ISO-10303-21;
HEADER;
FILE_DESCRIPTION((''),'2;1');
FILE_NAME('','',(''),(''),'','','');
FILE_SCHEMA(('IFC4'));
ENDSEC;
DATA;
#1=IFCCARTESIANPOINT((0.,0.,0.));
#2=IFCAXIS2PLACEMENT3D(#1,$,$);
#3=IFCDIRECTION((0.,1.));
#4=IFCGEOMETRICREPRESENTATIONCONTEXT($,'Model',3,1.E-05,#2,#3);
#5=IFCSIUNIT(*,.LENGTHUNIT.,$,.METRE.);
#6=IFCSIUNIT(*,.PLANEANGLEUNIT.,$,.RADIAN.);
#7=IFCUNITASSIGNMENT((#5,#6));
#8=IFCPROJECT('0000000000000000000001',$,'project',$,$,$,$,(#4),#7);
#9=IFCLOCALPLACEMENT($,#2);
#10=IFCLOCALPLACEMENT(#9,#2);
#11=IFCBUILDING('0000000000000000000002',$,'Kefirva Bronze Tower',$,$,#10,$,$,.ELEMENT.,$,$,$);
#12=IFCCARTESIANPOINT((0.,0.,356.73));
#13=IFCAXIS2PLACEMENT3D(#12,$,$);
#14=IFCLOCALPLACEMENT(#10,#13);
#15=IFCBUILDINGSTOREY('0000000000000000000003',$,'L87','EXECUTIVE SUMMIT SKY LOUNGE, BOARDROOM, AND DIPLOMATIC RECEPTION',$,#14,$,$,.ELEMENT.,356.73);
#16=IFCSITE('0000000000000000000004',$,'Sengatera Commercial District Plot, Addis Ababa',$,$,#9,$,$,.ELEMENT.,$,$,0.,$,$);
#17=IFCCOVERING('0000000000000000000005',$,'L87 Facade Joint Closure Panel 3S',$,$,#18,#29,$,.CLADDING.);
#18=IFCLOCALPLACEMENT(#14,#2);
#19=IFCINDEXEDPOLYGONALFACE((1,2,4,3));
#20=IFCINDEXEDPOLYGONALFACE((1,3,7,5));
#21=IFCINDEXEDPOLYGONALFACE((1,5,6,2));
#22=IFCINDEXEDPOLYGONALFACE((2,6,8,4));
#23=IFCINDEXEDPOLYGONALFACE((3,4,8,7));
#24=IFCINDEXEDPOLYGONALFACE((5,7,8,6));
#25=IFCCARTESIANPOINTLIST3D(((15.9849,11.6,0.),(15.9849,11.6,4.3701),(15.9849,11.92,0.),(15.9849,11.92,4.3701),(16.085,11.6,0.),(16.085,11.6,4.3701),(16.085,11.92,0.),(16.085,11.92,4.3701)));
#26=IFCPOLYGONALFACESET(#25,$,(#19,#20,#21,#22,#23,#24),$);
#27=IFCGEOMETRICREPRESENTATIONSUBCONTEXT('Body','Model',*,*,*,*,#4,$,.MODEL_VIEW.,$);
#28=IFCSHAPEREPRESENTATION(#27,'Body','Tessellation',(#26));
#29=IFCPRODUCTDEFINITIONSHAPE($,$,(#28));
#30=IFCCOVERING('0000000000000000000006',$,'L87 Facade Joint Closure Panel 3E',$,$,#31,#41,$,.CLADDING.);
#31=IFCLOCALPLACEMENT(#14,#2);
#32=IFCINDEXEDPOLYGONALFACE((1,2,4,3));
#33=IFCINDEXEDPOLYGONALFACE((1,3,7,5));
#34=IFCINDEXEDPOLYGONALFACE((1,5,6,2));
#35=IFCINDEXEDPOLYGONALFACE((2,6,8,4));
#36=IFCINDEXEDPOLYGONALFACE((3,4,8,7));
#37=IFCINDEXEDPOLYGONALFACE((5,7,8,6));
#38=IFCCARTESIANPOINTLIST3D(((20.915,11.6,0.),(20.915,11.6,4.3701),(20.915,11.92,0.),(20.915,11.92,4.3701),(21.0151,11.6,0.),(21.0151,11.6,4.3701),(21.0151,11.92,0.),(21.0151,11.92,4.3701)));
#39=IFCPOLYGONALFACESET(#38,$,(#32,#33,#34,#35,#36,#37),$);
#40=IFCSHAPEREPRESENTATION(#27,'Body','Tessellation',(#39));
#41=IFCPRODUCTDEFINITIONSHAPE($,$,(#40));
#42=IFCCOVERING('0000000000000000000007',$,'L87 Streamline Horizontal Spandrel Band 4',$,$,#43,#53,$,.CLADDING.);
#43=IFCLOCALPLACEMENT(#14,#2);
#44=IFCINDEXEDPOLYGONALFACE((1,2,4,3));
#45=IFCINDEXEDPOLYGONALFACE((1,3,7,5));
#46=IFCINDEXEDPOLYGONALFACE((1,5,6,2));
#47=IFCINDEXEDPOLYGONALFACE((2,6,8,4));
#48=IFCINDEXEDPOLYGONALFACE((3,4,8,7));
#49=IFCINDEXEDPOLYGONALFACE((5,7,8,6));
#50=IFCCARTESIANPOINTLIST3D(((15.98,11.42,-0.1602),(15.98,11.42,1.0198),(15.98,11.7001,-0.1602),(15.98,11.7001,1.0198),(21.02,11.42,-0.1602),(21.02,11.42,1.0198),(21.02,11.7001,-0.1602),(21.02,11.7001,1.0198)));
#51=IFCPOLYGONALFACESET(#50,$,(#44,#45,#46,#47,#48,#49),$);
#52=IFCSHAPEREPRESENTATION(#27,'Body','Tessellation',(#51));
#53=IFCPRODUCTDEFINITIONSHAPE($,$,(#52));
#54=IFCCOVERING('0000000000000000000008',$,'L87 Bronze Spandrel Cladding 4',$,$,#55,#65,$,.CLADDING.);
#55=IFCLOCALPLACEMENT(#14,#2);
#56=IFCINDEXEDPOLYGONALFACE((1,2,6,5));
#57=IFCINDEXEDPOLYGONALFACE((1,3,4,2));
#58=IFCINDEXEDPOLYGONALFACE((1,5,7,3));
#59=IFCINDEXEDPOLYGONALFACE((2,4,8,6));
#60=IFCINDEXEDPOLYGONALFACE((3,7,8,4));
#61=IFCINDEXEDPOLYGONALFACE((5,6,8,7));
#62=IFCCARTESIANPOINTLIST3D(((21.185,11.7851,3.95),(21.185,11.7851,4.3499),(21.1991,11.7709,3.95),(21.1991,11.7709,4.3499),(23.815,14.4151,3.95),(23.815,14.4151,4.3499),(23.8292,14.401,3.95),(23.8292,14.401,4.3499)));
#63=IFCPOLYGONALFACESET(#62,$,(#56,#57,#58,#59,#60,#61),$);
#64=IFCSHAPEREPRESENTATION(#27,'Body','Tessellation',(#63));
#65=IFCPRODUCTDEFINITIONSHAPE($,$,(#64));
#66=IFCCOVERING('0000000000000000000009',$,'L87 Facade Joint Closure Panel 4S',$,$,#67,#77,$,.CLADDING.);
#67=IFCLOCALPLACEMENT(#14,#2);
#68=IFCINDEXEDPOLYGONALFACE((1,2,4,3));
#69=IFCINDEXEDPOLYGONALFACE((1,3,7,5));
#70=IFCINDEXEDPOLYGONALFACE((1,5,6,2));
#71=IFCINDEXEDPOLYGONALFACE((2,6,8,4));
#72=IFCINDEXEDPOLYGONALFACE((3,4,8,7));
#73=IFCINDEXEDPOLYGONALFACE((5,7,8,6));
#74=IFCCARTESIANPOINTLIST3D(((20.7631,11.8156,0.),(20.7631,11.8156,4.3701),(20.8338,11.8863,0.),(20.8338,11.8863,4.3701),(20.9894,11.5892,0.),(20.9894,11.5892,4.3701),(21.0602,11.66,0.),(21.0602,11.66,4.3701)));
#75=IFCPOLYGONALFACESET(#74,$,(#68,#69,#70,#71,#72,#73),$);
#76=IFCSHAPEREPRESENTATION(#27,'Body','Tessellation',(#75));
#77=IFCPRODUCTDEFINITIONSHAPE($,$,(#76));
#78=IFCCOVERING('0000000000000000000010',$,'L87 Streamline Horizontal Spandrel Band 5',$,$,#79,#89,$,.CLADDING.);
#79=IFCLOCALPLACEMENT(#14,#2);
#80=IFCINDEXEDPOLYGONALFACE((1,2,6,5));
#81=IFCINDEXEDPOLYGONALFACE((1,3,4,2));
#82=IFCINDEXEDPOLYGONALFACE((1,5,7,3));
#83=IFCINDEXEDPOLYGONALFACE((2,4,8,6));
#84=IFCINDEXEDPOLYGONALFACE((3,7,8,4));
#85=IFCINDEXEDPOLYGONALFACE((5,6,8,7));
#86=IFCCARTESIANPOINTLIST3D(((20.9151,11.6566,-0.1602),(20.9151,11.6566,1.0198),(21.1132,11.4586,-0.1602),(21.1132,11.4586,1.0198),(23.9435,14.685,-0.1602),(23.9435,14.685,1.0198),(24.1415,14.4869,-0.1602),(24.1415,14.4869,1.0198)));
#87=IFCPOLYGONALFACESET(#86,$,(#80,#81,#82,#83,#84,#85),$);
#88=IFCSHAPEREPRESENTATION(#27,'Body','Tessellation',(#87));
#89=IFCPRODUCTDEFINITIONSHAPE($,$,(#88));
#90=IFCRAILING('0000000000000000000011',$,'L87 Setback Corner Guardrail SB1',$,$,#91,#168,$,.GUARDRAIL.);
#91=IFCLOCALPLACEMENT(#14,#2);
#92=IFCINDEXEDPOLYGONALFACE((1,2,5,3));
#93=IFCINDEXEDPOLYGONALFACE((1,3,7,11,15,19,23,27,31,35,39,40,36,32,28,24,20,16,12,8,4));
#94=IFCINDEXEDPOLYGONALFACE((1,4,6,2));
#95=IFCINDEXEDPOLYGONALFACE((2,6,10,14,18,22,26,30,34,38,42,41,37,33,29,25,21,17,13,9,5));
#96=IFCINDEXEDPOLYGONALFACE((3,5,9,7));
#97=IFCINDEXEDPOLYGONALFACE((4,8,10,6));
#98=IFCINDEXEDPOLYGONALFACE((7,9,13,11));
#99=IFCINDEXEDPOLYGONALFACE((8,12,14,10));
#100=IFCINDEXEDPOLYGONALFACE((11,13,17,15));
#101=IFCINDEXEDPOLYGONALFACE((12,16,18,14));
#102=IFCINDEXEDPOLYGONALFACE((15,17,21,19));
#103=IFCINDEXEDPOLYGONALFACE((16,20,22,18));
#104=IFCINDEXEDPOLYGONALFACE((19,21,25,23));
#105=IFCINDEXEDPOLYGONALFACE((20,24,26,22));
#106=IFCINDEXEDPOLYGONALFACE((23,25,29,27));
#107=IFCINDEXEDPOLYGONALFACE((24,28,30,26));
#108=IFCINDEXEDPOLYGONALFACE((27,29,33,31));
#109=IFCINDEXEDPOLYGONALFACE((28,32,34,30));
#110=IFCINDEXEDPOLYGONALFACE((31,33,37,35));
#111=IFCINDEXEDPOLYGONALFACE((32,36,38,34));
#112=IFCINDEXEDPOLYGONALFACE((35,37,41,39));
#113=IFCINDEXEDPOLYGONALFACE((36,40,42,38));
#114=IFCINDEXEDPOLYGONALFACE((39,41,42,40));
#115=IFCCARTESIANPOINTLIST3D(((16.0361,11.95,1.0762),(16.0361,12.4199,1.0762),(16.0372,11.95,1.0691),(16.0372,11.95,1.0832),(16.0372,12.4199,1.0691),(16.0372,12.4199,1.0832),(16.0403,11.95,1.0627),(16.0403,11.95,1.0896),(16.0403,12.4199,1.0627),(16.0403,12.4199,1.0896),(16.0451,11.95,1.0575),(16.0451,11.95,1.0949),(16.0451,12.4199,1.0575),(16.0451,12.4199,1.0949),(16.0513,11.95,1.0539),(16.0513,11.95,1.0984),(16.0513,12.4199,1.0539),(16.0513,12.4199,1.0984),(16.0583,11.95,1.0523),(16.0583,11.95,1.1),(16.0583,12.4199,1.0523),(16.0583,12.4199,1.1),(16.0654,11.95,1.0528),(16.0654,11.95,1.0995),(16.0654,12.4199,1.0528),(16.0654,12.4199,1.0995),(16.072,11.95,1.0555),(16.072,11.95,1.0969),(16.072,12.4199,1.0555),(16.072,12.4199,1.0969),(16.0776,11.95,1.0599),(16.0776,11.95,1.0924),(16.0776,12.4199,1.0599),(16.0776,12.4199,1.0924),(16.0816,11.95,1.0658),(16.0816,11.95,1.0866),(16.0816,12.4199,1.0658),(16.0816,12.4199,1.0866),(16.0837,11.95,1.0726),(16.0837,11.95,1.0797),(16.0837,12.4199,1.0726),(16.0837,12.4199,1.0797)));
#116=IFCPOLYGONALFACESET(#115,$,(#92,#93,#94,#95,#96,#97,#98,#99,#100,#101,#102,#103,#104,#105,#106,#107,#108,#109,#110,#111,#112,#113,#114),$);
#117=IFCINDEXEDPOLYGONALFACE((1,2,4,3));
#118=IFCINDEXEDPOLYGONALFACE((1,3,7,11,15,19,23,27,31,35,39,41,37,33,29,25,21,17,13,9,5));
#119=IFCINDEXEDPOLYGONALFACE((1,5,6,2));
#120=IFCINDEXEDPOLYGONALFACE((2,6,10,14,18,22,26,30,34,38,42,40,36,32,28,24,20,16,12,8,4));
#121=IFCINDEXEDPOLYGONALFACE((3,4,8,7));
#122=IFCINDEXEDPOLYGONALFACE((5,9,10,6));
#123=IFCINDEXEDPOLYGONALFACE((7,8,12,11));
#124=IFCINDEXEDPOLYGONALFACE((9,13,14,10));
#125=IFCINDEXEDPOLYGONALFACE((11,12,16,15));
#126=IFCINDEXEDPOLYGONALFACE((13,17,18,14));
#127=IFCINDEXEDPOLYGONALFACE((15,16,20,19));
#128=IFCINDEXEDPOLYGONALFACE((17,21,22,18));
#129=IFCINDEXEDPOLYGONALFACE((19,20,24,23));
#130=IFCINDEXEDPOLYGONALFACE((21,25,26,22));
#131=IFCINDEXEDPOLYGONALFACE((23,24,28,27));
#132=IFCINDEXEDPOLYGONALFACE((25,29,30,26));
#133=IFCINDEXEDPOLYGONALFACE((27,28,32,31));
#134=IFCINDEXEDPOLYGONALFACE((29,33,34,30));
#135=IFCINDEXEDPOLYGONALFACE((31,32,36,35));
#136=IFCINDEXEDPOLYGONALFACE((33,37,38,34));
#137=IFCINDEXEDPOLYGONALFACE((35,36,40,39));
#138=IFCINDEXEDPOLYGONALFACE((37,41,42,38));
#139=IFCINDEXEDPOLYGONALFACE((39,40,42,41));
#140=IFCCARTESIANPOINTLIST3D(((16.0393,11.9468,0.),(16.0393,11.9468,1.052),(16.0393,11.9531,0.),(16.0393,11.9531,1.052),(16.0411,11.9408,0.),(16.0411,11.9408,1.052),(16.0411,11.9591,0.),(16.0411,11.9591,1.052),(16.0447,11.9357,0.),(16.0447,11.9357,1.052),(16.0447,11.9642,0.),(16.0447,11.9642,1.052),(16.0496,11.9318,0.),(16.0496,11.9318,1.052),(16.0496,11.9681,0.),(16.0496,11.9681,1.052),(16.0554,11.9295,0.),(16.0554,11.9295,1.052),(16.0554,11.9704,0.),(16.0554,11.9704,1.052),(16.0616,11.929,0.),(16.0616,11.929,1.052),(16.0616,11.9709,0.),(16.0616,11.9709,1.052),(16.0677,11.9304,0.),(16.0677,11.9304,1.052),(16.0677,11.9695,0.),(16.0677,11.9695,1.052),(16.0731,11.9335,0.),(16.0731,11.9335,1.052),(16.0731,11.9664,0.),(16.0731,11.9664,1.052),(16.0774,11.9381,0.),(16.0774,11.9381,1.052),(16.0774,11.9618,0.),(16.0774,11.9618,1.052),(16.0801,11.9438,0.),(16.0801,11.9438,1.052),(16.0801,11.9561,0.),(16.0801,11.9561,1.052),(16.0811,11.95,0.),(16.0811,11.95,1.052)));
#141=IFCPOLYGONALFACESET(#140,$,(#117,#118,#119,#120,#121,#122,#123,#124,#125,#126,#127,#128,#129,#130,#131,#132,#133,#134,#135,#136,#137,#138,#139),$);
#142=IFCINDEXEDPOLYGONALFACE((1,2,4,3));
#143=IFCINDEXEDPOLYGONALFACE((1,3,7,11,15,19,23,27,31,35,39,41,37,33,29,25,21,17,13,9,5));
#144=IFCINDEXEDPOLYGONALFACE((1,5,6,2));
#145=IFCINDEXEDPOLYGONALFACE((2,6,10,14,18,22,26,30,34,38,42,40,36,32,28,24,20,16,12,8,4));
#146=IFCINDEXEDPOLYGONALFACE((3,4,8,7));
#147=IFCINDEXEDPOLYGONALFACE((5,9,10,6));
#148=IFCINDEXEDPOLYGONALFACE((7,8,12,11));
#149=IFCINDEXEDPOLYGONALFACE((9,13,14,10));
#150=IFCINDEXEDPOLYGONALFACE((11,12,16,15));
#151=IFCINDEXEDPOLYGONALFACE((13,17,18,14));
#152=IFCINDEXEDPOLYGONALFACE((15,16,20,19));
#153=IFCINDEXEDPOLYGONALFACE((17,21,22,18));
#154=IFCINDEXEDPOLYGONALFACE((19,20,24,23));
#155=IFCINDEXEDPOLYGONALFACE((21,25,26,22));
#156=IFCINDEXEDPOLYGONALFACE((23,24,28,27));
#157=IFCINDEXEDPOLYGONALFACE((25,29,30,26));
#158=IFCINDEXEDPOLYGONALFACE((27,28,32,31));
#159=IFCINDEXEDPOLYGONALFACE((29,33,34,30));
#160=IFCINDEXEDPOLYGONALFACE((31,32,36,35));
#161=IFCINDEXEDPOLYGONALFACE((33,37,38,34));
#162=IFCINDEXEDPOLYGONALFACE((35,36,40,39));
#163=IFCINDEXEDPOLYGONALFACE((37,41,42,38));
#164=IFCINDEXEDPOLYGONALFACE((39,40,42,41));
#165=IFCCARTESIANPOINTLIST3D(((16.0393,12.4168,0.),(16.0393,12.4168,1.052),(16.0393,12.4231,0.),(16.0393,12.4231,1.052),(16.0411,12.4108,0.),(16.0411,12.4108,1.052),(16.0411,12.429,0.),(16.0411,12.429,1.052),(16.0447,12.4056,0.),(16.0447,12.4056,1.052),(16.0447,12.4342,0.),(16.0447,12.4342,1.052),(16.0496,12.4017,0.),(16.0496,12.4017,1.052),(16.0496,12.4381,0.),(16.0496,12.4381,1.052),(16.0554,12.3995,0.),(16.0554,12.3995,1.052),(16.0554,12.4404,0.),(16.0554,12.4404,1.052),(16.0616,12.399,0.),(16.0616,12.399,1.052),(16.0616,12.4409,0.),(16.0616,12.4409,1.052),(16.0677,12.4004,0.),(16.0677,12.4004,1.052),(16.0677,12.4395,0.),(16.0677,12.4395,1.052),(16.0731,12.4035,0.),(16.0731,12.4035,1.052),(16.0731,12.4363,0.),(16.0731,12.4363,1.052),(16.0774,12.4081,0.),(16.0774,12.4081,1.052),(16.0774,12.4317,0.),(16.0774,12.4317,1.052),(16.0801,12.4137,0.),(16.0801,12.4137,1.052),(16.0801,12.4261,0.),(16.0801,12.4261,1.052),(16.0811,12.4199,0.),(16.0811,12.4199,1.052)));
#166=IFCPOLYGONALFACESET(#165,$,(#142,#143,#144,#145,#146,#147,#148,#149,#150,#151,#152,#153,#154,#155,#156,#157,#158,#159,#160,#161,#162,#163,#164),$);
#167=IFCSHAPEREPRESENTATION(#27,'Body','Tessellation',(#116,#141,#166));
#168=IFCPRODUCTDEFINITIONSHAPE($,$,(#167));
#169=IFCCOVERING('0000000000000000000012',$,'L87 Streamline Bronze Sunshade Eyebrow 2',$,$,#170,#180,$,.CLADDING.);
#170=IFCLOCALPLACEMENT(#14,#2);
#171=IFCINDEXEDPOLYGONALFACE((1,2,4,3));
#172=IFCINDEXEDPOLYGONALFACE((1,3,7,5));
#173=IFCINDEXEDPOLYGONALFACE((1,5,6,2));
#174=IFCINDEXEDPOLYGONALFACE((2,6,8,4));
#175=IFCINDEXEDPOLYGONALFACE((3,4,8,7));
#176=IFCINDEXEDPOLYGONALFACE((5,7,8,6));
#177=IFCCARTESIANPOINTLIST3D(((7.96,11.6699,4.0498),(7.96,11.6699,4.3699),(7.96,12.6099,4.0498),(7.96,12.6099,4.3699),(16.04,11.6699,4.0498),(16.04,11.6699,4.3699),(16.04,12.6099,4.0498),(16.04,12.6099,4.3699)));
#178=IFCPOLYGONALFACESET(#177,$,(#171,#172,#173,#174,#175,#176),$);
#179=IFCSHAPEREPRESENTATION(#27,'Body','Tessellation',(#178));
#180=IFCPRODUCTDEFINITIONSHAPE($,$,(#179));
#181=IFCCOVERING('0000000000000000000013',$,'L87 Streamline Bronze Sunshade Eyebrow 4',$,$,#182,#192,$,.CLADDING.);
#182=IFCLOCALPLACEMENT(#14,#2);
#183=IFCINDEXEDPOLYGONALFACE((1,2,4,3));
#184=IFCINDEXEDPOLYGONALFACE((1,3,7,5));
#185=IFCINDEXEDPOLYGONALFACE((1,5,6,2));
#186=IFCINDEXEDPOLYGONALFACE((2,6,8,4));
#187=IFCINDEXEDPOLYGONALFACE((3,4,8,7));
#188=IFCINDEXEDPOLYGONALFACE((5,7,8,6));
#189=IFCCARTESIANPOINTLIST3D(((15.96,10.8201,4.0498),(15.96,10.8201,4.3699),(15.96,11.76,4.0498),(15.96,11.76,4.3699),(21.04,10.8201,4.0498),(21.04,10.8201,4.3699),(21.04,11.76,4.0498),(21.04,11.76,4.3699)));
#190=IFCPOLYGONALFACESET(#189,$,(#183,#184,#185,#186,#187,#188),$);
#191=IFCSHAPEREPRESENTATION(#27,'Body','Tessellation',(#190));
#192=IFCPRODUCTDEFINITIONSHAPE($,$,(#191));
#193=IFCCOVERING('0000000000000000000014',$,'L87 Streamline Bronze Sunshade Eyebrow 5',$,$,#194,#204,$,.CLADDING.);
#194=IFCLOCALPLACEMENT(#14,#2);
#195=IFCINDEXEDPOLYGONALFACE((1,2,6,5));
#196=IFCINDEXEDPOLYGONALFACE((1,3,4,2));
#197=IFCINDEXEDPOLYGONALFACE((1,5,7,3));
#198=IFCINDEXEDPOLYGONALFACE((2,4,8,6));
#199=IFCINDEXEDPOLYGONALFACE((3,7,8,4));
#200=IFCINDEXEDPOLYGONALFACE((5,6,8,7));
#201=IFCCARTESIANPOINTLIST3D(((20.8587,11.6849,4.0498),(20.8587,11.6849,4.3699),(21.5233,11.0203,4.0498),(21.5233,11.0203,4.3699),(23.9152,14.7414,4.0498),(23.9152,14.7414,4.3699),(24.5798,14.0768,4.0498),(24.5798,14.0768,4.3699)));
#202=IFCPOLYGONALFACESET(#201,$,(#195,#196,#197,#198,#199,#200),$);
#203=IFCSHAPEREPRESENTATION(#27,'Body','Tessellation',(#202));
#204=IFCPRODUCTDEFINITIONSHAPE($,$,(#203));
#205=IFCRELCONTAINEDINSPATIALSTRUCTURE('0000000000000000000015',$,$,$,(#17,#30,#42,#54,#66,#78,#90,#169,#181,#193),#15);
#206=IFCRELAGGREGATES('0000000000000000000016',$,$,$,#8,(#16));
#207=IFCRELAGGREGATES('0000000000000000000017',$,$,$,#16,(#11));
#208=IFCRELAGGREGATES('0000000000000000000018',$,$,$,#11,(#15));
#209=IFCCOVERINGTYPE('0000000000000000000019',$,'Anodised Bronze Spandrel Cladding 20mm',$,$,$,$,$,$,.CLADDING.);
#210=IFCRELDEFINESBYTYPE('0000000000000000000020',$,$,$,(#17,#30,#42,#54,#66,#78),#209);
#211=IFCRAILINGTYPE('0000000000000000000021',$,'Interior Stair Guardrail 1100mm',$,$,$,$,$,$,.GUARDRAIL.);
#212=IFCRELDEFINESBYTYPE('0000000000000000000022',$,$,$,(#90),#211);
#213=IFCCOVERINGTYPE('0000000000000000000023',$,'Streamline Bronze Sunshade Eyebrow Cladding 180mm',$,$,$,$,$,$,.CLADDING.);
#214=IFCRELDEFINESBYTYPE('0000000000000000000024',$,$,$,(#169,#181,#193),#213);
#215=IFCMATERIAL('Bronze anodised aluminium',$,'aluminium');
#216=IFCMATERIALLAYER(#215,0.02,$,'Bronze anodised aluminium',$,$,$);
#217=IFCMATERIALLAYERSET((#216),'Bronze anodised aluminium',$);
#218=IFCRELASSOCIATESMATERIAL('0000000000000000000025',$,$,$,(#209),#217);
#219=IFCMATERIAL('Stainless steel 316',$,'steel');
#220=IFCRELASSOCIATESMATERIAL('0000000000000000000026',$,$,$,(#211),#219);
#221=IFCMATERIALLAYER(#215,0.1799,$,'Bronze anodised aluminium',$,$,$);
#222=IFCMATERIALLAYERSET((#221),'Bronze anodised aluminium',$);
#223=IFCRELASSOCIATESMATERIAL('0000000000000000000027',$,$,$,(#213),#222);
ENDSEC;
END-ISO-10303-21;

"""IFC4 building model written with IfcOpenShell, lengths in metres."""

from ifc_helpers import new_model, si_unit, direction, frame, origin, origin_2d, place, context, subcontext, project, spatial, rectangle, circle, extrude, material, layer, layer_set, type_object, element, save


model = new_model("IFC4")

# Units and contexts
model_context = context("Model", 3, precision=1e-05, world=origin(), true_north=direction((0.0, 1.0)))
body_context = subcontext(model_context, "Body", "Model", "MODEL_VIEW")
ifc_project = project(units=[si_unit("LENGTHUNIT", "METRE"), si_unit("PLANEANGLEUNIT", "RADIAN")], contexts=[model_context])

# Site, building, storey
site_placement = place(None, origin())
site = spatial("IfcSite", under=ifc_project, at=site_placement, Name="Sengatera Commercial District Plot, Addis Ababa", CompositionType="ELEMENT", RefElevation=0.0)
building_placement = place(site_placement, origin())
building = spatial("IfcBuilding", under=site, at=building_placement, Name="Kefirva Bronze Tower", CompositionType="ELEMENT")
storey_placement = place(building_placement, frame((0.0, 0.0, 356.73)))
storey = spatial("IfcBuildingStorey", under=building, at=storey_placement, Name="L87", Description="EXECUTIVE SUMMIT SKY LOUNGE, BOARDROOM, AND DIPLOMATIC RECEPTION", CompositionType="ELEMENT", Elevation=356.73)

# Coverings
ifc_material_1 = material(Name="Bronze anodised aluminium", Category="aluminium")
ifc_layer_1 = layer(ifc_material_1, 0.02, Name="Bronze anodised aluminium")
ifc_layer_set_1 = layer_set([ifc_layer_1], Name="Bronze anodised aluminium")
covering_type_1 = type_object("IfcCoveringType", Name="Anodised Bronze Spandrel Cladding 20mm", PredefinedType="CLADDING", material=ifc_layer_set_1)
for number, where, z_axis, x_axis, name in (
    (1, (16.0349, 11.76, 0.0), (0.0, 0.0, 1.0), (1.0, 0.0, 0.0), "L87 Facade Joint Closure Panel 3S"),
    (2, (20.9651, 11.76, 0.0), (0.0, 0.0, 1.0), (1.0, 0.0, 0.0), "L87 Facade Joint Closure Panel 3E"),
):
    element("IfcCovering", number, at=place(storey_placement, frame(where, z_axis=z_axis, x_axis=x_axis)), inside=storey, type_object=covering_type_1, Name=name, PredefinedType="CLADDING", context=body_context, shape_type="SweptSolid", body=[
        extrude(rectangle(XDim=0.1001, YDim=0.3201, at=origin_2d()), origin(), (0.0, 0.0, 1.0), 4.3701),
    ])
covering_1_placement = place(storey_placement, frame((18.5, 11.5601, -0.1602), z_axis=(0.0, 0.0, 1.0), x_axis=(1.0, 0.0, 0.0)))
element("IfcCovering", 3, at=covering_1_placement, inside=storey, type_object=covering_type_1, Name="L87 Streamline Horizontal Spandrel Band 4", PredefinedType="CLADDING", context=body_context, shape_type="SweptSolid", body=[
    extrude(rectangle(XDim=5.04, YDim=0.28, at=origin_2d()), origin(), (0.0, 0.0, 1.0), 1.1799),
])
covering_2_placement = place(storey_placement, frame((22.5071, 13.093, 3.95), z_axis=(0.0, 0.0, 1.0), x_axis=(0.707107, 0.707107, 0.0)))
element("IfcCovering", 4, at=covering_2_placement, inside=storey, type_object=covering_type_1, Name="L87 Bronze Spandrel Cladding 4", PredefinedType="CLADDING", context=body_context, shape_type="SweptSolid", body=[
    extrude(rectangle(XDim=3.7195, YDim=0.02, at=origin_2d()), origin(), (0.0, 0.0, 1.0), 0.3999),
])
covering_3_placement = place(storey_placement, frame((20.9116, 11.7378, 0.0), z_axis=(0.0, 0.0, 1.0), x_axis=(0.707107, 0.707107, 0.0)))
element("IfcCovering", 5, at=covering_3_placement, inside=storey, type_object=covering_type_1, Name="L87 Facade Joint Closure Panel 4S", PredefinedType="CLADDING", context=body_context, shape_type="SweptSolid", body=[
    extrude(rectangle(XDim=0.1001, YDim=0.3201, at=origin_2d()), origin(), (0.0, 0.0, 1.0), 4.3701),
])
covering_4_placement = place(storey_placement, frame((22.5283, 13.0718, -0.1602), z_axis=(0.0, 0.0, 1.0), x_axis=(0.707107, 0.707107, 0.0)))
element("IfcCovering", 6, at=covering_4_placement, inside=storey, type_object=covering_type_1, Name="L87 Streamline Horizontal Spandrel Band 5", PredefinedType="CLADDING", context=body_context, shape_type="SweptSolid", body=[
    extrude(rectangle(XDim=4.2827, YDim=0.28, at=origin_2d()), origin(), (0.0, 0.0, 1.0), 1.1799),
])

# Railing
ifc_material_2 = material(Name="Stainless steel 316", Category="steel")
railing_type = type_object("IfcRailingType", Name="Interior Stair Guardrail 1100mm", PredefinedType="GUARDRAIL", material=ifc_material_2)
railing_placement = place(storey_placement, frame((16.0601, 11.95, 0.0)))
element("IfcRailing", 7, at=railing_placement, inside=storey, type_object=railing_type, Name="L87 Setback Corner Guardrail SB1", PredefinedType="GUARDRAIL", context=body_context, shape_type="SweptSolid", body=[
    extrude(circle(Radius=0.0239, at=origin_2d()), frame((0.0, 0.0, 1.0762), z_axis=(0.0, 1.0, 0.0), x_axis=(-1.0, 0.0, 0.0)), (0.0, 0.0, 1.0), 0.47),
    extrude(circle(Radius=0.021, at=origin_2d()), origin(), (0.0, 0.0, 1.0), 1.052),
    extrude(circle(Radius=0.021, at=origin_2d()), frame((0.0, 0.47, 0.0)), (0.0, 0.0, 1.0), 1.052),
])

# Coverings
ifc_layer_2 = layer(ifc_material_1, 0.1799, Name="Bronze anodised aluminium")
ifc_layer_set_2 = layer_set([ifc_layer_2], Name="Bronze anodised aluminium")
covering_type_2 = type_object("IfcCoveringType", Name="Streamline Bronze Sunshade Eyebrow Cladding 180mm", PredefinedType="CLADDING", material=ifc_layer_set_2)
covering_5_placement = place(storey_placement, frame((12.0, 12.1399, 4.0498), z_axis=(0.0, 0.0, 1.0), x_axis=(1.0, 0.0, 0.0)))
element("IfcCovering", 8, at=covering_5_placement, inside=storey, type_object=covering_type_2, Name="L87 Streamline Bronze Sunshade Eyebrow 2", PredefinedType="CLADDING", context=body_context, shape_type="SweptSolid", body=[
    extrude(rectangle(XDim=8.0801, YDim=0.9399, at=origin_2d()), origin(), (0.0, 0.0, 1.0), 0.3201),
])
covering_6_placement = place(storey_placement, frame((18.5, 11.29, 4.0498), z_axis=(0.0, 0.0, 1.0), x_axis=(1.0, 0.0, 0.0)))
element("IfcCovering", 9, at=covering_6_placement, inside=storey, type_object=covering_type_2, Name="L87 Streamline Bronze Sunshade Eyebrow 4", PredefinedType="CLADDING", context=body_context, shape_type="SweptSolid", body=[
    extrude(rectangle(XDim=5.0801, YDim=0.9399, at=origin_2d()), origin(), (0.0, 0.0, 1.0), 0.3201),
])
covering_7_placement = place(storey_placement, frame((22.7192, 12.8809, 4.0498), z_axis=(0.0, 0.0, 1.0), x_axis=(0.707107, 0.707107, 0.0)))
element("IfcCovering", 10, at=covering_7_placement, inside=storey, type_object=covering_type_2, Name="L87 Streamline Bronze Sunshade Eyebrow 5", PredefinedType="CLADDING", context=body_context, shape_type="SweptSolid", body=[
    extrude(rectangle(XDim=4.3225, YDim=0.9399, at=origin_2d()), origin(), (0.0, 0.0, 1.0), 0.3201),
])

save(model, "model.ifc")
